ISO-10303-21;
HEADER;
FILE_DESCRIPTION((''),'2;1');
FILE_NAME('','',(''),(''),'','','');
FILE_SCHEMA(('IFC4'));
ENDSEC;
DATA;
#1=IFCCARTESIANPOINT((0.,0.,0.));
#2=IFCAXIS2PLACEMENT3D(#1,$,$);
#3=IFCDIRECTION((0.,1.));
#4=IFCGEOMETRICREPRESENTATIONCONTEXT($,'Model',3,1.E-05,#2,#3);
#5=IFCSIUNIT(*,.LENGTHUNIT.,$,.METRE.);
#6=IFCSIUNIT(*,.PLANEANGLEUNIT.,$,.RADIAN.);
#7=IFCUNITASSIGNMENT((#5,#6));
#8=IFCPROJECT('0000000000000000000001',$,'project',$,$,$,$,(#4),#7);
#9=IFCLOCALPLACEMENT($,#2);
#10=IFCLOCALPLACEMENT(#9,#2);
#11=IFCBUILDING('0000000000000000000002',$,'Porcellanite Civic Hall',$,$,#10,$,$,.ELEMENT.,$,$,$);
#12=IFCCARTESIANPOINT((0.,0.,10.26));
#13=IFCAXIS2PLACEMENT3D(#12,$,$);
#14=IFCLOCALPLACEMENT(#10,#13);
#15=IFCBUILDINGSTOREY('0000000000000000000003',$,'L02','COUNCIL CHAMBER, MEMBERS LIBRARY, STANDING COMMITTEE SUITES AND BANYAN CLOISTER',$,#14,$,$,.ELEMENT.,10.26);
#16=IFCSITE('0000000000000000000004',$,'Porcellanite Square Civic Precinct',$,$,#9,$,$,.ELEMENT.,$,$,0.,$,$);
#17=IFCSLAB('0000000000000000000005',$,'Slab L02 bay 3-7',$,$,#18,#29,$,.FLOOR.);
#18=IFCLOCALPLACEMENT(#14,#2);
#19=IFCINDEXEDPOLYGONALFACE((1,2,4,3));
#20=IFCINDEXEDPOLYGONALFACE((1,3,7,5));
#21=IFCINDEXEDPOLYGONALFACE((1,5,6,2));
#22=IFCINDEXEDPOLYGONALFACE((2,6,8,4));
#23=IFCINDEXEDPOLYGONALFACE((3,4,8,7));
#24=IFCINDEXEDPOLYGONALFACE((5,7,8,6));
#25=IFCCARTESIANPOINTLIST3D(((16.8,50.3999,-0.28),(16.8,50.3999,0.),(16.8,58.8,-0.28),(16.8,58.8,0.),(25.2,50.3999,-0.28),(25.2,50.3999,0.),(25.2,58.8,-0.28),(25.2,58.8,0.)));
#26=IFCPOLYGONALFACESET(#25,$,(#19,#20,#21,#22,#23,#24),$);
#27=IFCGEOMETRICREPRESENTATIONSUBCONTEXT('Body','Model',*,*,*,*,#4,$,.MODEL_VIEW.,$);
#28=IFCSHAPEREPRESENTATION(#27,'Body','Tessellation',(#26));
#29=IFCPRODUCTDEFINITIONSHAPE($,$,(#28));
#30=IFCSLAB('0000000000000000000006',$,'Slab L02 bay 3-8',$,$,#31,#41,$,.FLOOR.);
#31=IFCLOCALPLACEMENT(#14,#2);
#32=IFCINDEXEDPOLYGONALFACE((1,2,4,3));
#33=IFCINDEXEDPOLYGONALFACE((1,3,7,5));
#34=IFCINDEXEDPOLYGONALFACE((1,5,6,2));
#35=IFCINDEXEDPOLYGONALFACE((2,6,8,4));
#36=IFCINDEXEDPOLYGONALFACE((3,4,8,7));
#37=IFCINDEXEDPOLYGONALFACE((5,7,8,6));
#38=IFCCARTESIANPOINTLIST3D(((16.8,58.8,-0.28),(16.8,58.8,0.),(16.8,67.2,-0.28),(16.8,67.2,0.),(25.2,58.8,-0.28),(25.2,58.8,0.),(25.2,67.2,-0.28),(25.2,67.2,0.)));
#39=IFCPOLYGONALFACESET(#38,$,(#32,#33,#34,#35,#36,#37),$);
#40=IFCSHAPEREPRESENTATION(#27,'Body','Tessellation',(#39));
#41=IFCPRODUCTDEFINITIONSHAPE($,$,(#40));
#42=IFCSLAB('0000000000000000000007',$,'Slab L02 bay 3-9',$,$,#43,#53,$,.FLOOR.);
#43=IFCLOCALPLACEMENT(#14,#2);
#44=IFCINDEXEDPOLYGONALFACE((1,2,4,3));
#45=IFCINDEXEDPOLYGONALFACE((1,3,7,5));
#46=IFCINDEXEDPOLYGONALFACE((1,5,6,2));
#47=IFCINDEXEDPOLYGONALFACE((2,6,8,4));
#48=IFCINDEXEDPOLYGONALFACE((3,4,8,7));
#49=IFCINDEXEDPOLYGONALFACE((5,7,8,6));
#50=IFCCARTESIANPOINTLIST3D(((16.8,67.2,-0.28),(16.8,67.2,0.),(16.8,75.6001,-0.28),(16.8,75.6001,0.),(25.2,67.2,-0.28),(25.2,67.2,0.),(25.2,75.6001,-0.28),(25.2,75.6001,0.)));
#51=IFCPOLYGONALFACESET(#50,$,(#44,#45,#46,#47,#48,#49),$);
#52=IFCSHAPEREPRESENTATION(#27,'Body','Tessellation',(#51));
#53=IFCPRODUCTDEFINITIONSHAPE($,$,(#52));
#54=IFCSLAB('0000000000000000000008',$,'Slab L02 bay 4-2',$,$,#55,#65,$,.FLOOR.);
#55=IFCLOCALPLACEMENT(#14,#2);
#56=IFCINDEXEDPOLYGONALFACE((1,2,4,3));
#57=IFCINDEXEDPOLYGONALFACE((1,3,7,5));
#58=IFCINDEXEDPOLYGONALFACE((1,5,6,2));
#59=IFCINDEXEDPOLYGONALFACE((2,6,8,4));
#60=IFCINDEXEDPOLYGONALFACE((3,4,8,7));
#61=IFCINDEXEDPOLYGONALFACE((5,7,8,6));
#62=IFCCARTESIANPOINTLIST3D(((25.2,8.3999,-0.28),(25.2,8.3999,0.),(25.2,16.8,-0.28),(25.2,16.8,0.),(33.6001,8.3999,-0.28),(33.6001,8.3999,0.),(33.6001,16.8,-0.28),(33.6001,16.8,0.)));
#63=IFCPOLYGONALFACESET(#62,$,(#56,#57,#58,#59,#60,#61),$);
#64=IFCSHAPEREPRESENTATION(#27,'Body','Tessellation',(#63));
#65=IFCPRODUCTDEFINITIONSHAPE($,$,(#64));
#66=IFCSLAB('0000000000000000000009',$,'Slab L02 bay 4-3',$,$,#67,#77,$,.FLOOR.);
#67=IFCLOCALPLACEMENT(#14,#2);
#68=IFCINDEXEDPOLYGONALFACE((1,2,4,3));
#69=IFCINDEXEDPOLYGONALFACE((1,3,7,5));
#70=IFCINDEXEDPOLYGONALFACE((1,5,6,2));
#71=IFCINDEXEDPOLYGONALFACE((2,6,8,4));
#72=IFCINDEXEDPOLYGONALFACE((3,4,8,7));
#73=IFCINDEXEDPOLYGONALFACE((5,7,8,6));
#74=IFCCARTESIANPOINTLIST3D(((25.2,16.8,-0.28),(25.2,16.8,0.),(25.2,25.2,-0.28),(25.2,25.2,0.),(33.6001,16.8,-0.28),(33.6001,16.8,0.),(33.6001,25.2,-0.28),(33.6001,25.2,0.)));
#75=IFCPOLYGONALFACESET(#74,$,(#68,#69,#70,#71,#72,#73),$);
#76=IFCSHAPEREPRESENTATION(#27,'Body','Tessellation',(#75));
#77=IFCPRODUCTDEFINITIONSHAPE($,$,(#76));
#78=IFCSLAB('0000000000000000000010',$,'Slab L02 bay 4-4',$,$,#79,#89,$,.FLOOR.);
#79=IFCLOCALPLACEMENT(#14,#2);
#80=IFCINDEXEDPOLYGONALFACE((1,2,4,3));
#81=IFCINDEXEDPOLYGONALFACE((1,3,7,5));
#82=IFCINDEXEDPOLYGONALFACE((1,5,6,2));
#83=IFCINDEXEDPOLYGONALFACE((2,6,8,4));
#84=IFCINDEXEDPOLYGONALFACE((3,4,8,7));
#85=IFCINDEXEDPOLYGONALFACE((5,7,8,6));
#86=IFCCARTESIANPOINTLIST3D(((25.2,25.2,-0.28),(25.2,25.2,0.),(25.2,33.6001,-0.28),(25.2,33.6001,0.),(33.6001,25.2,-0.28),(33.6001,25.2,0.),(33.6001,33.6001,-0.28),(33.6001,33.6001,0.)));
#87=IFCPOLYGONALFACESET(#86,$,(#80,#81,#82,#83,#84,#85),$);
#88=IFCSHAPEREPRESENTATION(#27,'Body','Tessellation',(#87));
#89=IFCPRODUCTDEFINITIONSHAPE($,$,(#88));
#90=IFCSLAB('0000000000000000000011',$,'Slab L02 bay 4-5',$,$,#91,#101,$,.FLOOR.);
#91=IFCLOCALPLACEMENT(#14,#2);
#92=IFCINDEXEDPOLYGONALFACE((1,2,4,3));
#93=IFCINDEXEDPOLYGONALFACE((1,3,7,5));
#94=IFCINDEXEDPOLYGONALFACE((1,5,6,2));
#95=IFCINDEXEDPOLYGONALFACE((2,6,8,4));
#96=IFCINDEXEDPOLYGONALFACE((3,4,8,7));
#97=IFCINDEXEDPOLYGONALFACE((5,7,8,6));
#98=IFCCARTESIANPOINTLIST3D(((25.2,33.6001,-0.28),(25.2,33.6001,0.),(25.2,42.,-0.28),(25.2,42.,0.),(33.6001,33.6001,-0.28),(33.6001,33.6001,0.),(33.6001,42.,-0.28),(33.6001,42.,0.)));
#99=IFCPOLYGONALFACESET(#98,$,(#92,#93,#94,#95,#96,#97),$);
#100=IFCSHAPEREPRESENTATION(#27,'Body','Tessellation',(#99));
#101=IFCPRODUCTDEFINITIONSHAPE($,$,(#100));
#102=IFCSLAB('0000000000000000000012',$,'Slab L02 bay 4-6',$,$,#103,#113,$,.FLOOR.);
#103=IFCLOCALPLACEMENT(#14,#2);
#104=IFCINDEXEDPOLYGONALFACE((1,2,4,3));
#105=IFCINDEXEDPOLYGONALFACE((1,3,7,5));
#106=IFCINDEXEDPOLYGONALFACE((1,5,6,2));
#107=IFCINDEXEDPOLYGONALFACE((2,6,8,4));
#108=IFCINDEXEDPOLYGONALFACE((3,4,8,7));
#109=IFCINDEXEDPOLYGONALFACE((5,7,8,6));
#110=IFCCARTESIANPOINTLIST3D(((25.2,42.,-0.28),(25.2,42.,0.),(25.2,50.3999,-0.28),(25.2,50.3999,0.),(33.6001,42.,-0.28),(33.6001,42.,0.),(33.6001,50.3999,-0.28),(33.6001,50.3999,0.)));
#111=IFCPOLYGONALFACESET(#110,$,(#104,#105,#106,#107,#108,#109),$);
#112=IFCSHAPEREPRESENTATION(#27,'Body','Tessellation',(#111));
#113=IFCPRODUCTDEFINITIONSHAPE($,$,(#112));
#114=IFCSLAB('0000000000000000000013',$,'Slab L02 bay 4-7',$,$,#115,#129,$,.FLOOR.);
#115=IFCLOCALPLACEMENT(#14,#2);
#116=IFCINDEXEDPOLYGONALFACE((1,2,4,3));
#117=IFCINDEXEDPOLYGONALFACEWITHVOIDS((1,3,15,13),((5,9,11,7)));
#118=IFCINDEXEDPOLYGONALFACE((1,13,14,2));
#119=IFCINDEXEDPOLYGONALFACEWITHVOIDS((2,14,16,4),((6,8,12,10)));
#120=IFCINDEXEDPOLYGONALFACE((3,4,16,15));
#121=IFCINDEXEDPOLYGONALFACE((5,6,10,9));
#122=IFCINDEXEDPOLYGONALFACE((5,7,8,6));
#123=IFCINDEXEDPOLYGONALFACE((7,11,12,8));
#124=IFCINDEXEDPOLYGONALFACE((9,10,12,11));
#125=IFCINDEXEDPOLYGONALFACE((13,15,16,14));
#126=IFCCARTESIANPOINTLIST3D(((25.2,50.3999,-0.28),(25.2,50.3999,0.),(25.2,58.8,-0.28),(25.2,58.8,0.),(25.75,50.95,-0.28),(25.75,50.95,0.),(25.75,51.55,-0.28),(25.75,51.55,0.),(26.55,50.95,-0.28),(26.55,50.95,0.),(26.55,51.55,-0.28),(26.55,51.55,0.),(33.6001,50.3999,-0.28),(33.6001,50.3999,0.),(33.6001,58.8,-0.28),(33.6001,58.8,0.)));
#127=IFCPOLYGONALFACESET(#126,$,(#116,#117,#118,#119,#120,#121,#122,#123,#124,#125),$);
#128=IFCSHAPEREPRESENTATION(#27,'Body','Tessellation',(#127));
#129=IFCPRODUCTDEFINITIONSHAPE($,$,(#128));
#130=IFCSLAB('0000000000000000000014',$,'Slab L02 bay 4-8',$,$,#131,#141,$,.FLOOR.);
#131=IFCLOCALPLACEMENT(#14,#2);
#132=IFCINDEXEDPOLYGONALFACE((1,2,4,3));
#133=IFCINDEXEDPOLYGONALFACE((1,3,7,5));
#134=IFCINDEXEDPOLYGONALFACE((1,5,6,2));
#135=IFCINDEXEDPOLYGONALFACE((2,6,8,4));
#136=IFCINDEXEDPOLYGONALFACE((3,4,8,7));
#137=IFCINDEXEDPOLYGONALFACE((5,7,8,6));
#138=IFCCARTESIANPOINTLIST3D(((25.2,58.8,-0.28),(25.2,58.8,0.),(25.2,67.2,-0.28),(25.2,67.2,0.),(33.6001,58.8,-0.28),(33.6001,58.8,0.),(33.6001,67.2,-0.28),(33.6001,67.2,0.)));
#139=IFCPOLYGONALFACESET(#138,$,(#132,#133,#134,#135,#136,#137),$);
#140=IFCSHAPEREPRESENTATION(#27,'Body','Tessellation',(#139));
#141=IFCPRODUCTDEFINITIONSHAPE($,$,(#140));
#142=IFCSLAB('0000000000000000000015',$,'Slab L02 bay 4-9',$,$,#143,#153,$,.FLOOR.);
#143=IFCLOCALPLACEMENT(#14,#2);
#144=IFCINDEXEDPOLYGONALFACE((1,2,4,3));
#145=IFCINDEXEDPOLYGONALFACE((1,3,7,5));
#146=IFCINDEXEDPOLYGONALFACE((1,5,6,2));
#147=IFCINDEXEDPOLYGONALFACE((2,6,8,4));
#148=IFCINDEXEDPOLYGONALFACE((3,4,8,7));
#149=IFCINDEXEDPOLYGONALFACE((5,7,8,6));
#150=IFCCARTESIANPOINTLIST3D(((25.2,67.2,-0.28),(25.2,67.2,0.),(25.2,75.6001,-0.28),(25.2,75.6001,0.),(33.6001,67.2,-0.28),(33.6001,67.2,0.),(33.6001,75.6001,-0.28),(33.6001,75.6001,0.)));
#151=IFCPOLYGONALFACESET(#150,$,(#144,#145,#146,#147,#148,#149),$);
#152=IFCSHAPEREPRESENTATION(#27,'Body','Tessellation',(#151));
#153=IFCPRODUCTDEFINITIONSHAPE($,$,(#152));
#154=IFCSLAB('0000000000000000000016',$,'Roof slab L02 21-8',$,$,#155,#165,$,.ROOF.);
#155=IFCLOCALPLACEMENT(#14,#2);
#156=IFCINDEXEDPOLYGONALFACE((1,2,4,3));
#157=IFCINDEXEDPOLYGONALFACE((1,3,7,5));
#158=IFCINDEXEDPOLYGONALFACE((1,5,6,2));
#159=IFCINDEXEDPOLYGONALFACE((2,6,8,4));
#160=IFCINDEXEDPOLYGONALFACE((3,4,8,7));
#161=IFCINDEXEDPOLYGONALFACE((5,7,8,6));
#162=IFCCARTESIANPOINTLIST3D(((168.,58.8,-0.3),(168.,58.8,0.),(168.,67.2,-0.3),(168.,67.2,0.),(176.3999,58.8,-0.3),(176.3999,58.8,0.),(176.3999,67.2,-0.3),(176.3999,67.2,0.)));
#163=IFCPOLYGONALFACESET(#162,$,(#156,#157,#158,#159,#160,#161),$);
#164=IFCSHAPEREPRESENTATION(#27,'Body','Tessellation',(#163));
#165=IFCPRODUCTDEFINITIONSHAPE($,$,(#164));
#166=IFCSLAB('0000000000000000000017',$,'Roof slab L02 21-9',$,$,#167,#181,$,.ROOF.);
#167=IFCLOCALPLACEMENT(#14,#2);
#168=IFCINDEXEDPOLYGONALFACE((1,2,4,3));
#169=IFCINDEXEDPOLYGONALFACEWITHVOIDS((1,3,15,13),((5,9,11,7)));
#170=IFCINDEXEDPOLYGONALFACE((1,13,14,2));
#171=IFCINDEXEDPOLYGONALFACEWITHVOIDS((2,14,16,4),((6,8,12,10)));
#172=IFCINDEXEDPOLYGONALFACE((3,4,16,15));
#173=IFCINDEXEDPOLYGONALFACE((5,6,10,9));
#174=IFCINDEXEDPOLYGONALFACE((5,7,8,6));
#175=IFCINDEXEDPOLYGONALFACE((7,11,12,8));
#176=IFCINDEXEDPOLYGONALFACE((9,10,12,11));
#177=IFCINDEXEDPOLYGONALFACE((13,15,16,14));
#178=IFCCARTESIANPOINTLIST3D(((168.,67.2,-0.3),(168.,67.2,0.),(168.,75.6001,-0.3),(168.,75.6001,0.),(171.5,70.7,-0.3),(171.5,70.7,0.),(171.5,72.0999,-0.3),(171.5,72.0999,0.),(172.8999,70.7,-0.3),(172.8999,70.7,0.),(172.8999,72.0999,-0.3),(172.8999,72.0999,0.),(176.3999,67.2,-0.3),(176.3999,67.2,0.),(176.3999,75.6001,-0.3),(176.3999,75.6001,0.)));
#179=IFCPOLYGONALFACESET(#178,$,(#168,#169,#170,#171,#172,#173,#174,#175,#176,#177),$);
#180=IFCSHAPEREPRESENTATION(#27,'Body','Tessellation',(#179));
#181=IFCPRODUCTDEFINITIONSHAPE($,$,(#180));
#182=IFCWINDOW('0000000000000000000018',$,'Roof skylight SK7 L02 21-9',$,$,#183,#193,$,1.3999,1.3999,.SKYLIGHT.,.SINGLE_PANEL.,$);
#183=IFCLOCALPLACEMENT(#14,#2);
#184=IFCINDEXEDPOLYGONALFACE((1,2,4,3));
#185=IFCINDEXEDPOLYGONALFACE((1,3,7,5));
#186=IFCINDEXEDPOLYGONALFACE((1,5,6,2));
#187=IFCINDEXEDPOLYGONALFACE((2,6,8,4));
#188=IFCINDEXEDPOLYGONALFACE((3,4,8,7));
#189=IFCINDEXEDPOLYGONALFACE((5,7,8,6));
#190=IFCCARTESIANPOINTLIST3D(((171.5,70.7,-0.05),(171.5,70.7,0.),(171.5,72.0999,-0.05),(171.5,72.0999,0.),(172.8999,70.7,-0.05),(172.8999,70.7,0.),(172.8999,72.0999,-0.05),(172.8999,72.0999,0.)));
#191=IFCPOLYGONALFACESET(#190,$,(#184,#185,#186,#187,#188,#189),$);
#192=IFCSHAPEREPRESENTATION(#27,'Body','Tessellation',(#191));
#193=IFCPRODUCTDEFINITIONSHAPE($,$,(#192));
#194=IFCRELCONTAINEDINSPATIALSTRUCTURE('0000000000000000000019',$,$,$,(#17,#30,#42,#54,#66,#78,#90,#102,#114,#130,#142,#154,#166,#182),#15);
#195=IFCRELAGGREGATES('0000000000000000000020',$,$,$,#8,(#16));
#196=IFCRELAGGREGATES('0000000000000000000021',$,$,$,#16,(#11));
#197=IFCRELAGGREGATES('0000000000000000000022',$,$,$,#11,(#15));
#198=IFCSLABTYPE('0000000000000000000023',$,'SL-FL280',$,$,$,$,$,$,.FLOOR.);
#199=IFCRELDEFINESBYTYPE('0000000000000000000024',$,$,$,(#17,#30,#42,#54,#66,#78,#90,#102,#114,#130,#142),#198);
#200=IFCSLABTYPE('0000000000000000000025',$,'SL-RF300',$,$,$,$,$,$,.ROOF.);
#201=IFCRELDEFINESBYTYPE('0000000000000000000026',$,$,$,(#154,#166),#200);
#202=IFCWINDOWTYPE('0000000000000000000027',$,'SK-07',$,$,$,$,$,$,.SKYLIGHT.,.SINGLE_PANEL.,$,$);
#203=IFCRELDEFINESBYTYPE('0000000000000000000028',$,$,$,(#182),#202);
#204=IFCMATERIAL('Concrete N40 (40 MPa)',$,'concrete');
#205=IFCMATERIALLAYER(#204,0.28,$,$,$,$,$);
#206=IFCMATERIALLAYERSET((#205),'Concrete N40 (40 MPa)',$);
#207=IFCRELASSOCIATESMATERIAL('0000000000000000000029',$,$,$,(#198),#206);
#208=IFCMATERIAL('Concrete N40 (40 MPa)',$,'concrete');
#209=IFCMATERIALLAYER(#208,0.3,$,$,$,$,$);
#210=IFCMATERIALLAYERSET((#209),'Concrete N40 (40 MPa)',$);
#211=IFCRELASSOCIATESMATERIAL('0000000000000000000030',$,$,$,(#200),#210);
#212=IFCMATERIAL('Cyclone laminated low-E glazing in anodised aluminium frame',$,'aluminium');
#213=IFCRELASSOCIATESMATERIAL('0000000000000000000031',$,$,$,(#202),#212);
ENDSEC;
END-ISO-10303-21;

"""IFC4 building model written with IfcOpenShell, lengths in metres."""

from ifc_helpers import new_model, si_unit, direction, frame, origin, origin_2d, place, context, subcontext, project, spatial, polyline, rectangle, outline, extrude, material, layer, layer_set, type_object, element, fill, save


model = new_model("IFC4")

# Units and contexts
model_context = context("Model", 3, precision=1e-05, world=origin(), true_north=direction((0.0, 1.0)))
body_context = subcontext(model_context, "Body", "Model", "MODEL_VIEW")
ifc_project = project(units=[si_unit("LENGTHUNIT", "METRE"), si_unit("PLANEANGLEUNIT", "RADIAN")], contexts=[model_context])

# Site, building, storey
site_placement = place(None, origin())
site = spatial("IfcSite", under=ifc_project, at=site_placement, Name="Porcellanite Square Civic Precinct", CompositionType="ELEMENT", RefElevation=0.0)
building_placement = place(site_placement, origin())
building = spatial("IfcBuilding", under=site, at=building_placement, Name="Porcellanite Civic Hall", CompositionType="ELEMENT")
storey_placement = place(building_placement, frame((0.0, 0.0, 10.26)))
storey = spatial("IfcBuildingStorey", under=building, at=storey_placement, Name="L02", Description="COUNCIL CHAMBER, MEMBERS LIBRARY, STANDING COMMITTEE SUITES AND BANYAN CLOISTER", CompositionType="ELEMENT", Elevation=10.26)

# Slabs
ifc_material_1 = material(Name="Concrete N40 (40 MPa)", Category="concrete")
ifc_layer_1 = layer(ifc_material_1, 0.28)
ifc_layer_set_1 = layer_set([ifc_layer_1], Name="Concrete N40 (40 MPa)")
slab_type_1 = type_object("IfcSlabType", Name="SL-FL280", PredefinedType="FLOOR", material=ifc_layer_set_1)
slab_1_placement = place(storey_placement, frame((0.0, 0.0, -0.28)))
element("IfcSlab", 1, at=slab_1_placement, inside=storey, type_object=slab_type_1, Name="Slab L02 bay 3-7", PredefinedType="FLOOR", context=body_context, shape_type="SweptSolid", body=[
    extrude(outline(polyline([(16.8, 50.3999), (25.2, 50.3999), (25.2, 58.8), (16.8, 58.8), (16.8, 50.3999)])), origin(), (0.0, 0.0, 1.0), 0.28),
])
slab_2_placement = place(storey_placement, frame((0.0, 0.0, -0.28)))
element("IfcSlab", 2, at=slab_2_placement, inside=storey, type_object=slab_type_1, Name="Slab L02 bay 3-8", PredefinedType="FLOOR", context=body_context, shape_type="SweptSolid", body=[
    extrude(outline(polyline([(16.8, 58.8), (25.2, 58.8), (25.2, 67.2), (16.8, 67.2), (16.8, 58.8)])), origin(), (0.0, 0.0, 1.0), 0.28),
])
slab_3_placement = place(storey_placement, frame((0.0, 0.0, -0.28)))
element("IfcSlab", 3, at=slab_3_placement, inside=storey, type_object=slab_type_1, Name="Slab L02 bay 3-9", PredefinedType="FLOOR", context=body_context, shape_type="SweptSolid", body=[
    extrude(outline(polyline([(16.8, 67.2), (25.2, 67.2), (25.2, 75.6001), (16.8, 75.6001), (16.8, 67.2)])), origin(), (0.0, 0.0, 1.0), 0.28),
])
slab_4_placement = place(storey_placement, frame((0.0, 0.0, -0.28)))
element("IfcSlab", 4, at=slab_4_placement, inside=storey, type_object=slab_type_1, Name="Slab L02 bay 4-2", PredefinedType="FLOOR", context=body_context, shape_type="SweptSolid", body=[
    extrude(outline(polyline([(25.2, 8.3999), (33.6001, 8.3999), (33.6001, 16.8), (25.2, 16.8), (25.2, 8.3999)])), origin(), (0.0, 0.0, 1.0), 0.28),
])
slab_5_placement = place(storey_placement, frame((0.0, 0.0, -0.28)))
element("IfcSlab", 5, at=slab_5_placement, inside=storey, type_object=slab_type_1, Name="Slab L02 bay 4-3", PredefinedType="FLOOR", context=body_context, shape_type="SweptSolid", body=[
    extrude(outline(polyline([(25.2, 16.8), (33.6001, 16.8), (33.6001, 25.2), (25.2, 25.2), (25.2, 16.8)])), origin(), (0.0, 0.0, 1.0), 0.28),
])
slab_6_placement = place(storey_placement, frame((0.0, 0.0, -0.28)))
element("IfcSlab", 6, at=slab_6_placement, inside=storey, type_object=slab_type_1, Name="Slab L02 bay 4-4", PredefinedType="FLOOR", context=body_context, shape_type="SweptSolid", body=[
    extrude(outline(polyline([(25.2, 25.2), (33.6001, 25.2), (33.6001, 33.6001), (25.2, 33.6001), (25.2, 25.2)])), origin(), (0.0, 0.0, 1.0), 0.28),
])
slab_7_placement = place(storey_placement, frame((0.0, 0.0, -0.28)))
element("IfcSlab", 7, at=slab_7_placement, inside=storey, type_object=slab_type_1, Name="Slab L02 bay 4-5", PredefinedType="FLOOR", context=body_context, shape_type="SweptSolid", body=[
    extrude(outline(polyline([(25.2, 33.6001), (33.6001, 33.6001), (33.6001, 42.0), (25.2, 42.0), (25.2, 33.6001)])), origin(), (0.0, 0.0, 1.0), 0.28),
])
slab_8_placement = place(storey_placement, frame((0.0, 0.0, -0.28)))
element("IfcSlab", 8, at=slab_8_placement, inside=storey, type_object=slab_type_1, Name="Slab L02 bay 4-6", PredefinedType="FLOOR", context=body_context, shape_type="SweptSolid", body=[
    extrude(outline(polyline([(25.2, 42.0), (33.6001, 42.0), (33.6001, 50.3999), (25.2, 50.3999), (25.2, 42.0)])), origin(), (0.0, 0.0, 1.0), 0.28),
])
slab_9_placement = place(storey_placement, frame((0.0, 0.0, -0.28)))
element("IfcSlab", 9, at=slab_9_placement, inside=storey, type_object=slab_type_1, Name="Slab L02 bay 4-7", PredefinedType="FLOOR", context=body_context, shape_type="SweptSolid", body=[
    extrude(outline(polyline([(25.2, 50.3999), (33.6001, 50.3999), (33.6001, 58.8), (25.2, 58.8), (25.2, 50.3999)]), holes=[polyline([(25.75, 50.95), (26.55, 50.95), (26.55, 51.55), (25.75, 51.55), (25.75, 50.95)])]), origin(), (0.0, 0.0, 1.0), 0.28),
])
slab_10_placement = place(storey_placement, frame((0.0, 0.0, -0.28)))
element("IfcSlab", 10, at=slab_10_placement, inside=storey, type_object=slab_type_1, Name="Slab L02 bay 4-8", PredefinedType="FLOOR", context=body_context, shape_type="SweptSolid", body=[
    extrude(outline(polyline([(25.2, 58.8), (33.6001, 58.8), (33.6001, 67.2), (25.2, 67.2), (25.2, 58.8)])), origin(), (0.0, 0.0, 1.0), 0.28),
])
slab_11_placement = place(storey_placement, frame((0.0, 0.0, -0.28)))
element("IfcSlab", 11, at=slab_11_placement, inside=storey, type_object=slab_type_1, Name="Slab L02 bay 4-9", PredefinedType="FLOOR", context=body_context, shape_type="SweptSolid", body=[
    extrude(outline(polyline([(25.2, 67.2), (33.6001, 67.2), (33.6001, 75.6001), (25.2, 75.6001), (25.2, 67.2)])), origin(), (0.0, 0.0, 1.0), 0.28),
])
ifc_material_2 = material(Name="Concrete N40 (40 MPa)", Category="concrete")
ifc_layer_2 = layer(ifc_material_2, 0.3)
ifc_layer_set_2 = layer_set([ifc_layer_2], Name="Concrete N40 (40 MPa)")
slab_type_2 = type_object("IfcSlabType", Name="SL-RF300", PredefinedType="ROOF", material=ifc_layer_set_2)
slab_12_placement = place(storey_placement, frame((0.0, 0.0, -0.3)))
element("IfcSlab", 12, at=slab_12_placement, inside=storey, type_object=slab_type_2, Name="Roof slab L02 21-8", PredefinedType="ROOF", context=body_context, shape_type="SweptSolid", body=[
    extrude(outline(polyline([(168.0, 58.8), (176.3999, 58.8), (176.3999, 67.2), (168.0, 67.2), (168.0, 58.8)])), origin(), (0.0, 0.0, 1.0), 0.3),
])

# Slab, opening, window
slab_13_placement = place(storey_placement, frame((0.0, 0.0, -0.3)))
slab_13 = element("IfcSlab", 13, at=slab_13_placement, inside=storey, type_object=slab_type_2, Name="Roof slab L02 21-9", PredefinedType="ROOF", context=body_context, shape_type="SweptSolid", body=[
    extrude(outline(polyline([(168.0, 67.2), (176.3999, 67.2), (176.3999, 75.6001), (168.0, 75.6001), (168.0, 67.2)])), origin(), (0.0, 0.0, 1.0), 0.3),
])
opening_placement = place(slab_13_placement, frame((172.2, 71.3999, 0.0)))
opening = element("IfcOpeningElement", 14, at=opening_placement, cuts=slab_13, PredefinedType="OPENING", context=body_context, shape_type="SweptSolid", body=[
    extrude(rectangle(XDim=1.3999, YDim=1.3999, at=origin_2d()), origin(), (0.0, 0.0, 1.0), 0.3),
])
ifc_material_3 = material(Name="Cyclone laminated low-E glazing in anodised aluminium frame", Category="aluminium")
window_type = type_object("IfcWindowType", Name="SK-07", PartitioningType="SINGLE_PANEL", PredefinedType="SKYLIGHT", material=ifc_material_3)
window_placement = place(opening_placement, frame((0.0, 0.0, 0.25)))
window = element("IfcWindow", 15, at=window_placement, inside=storey, type_object=window_type, Name="Roof skylight SK7 L02 21-9", OverallHeight=1.3999, OverallWidth=1.3999, PartitioningType="SINGLE_PANEL", PredefinedType="SKYLIGHT", context=body_context, shape_type="SweptSolid", body=[
    extrude(rectangle(XDim=1.3999, YDim=1.3999, at=origin_2d()), origin(), (0.0, 0.0, 1.0), 0.05),
])
fill(opening, window)

save(model, "model.ifc")
